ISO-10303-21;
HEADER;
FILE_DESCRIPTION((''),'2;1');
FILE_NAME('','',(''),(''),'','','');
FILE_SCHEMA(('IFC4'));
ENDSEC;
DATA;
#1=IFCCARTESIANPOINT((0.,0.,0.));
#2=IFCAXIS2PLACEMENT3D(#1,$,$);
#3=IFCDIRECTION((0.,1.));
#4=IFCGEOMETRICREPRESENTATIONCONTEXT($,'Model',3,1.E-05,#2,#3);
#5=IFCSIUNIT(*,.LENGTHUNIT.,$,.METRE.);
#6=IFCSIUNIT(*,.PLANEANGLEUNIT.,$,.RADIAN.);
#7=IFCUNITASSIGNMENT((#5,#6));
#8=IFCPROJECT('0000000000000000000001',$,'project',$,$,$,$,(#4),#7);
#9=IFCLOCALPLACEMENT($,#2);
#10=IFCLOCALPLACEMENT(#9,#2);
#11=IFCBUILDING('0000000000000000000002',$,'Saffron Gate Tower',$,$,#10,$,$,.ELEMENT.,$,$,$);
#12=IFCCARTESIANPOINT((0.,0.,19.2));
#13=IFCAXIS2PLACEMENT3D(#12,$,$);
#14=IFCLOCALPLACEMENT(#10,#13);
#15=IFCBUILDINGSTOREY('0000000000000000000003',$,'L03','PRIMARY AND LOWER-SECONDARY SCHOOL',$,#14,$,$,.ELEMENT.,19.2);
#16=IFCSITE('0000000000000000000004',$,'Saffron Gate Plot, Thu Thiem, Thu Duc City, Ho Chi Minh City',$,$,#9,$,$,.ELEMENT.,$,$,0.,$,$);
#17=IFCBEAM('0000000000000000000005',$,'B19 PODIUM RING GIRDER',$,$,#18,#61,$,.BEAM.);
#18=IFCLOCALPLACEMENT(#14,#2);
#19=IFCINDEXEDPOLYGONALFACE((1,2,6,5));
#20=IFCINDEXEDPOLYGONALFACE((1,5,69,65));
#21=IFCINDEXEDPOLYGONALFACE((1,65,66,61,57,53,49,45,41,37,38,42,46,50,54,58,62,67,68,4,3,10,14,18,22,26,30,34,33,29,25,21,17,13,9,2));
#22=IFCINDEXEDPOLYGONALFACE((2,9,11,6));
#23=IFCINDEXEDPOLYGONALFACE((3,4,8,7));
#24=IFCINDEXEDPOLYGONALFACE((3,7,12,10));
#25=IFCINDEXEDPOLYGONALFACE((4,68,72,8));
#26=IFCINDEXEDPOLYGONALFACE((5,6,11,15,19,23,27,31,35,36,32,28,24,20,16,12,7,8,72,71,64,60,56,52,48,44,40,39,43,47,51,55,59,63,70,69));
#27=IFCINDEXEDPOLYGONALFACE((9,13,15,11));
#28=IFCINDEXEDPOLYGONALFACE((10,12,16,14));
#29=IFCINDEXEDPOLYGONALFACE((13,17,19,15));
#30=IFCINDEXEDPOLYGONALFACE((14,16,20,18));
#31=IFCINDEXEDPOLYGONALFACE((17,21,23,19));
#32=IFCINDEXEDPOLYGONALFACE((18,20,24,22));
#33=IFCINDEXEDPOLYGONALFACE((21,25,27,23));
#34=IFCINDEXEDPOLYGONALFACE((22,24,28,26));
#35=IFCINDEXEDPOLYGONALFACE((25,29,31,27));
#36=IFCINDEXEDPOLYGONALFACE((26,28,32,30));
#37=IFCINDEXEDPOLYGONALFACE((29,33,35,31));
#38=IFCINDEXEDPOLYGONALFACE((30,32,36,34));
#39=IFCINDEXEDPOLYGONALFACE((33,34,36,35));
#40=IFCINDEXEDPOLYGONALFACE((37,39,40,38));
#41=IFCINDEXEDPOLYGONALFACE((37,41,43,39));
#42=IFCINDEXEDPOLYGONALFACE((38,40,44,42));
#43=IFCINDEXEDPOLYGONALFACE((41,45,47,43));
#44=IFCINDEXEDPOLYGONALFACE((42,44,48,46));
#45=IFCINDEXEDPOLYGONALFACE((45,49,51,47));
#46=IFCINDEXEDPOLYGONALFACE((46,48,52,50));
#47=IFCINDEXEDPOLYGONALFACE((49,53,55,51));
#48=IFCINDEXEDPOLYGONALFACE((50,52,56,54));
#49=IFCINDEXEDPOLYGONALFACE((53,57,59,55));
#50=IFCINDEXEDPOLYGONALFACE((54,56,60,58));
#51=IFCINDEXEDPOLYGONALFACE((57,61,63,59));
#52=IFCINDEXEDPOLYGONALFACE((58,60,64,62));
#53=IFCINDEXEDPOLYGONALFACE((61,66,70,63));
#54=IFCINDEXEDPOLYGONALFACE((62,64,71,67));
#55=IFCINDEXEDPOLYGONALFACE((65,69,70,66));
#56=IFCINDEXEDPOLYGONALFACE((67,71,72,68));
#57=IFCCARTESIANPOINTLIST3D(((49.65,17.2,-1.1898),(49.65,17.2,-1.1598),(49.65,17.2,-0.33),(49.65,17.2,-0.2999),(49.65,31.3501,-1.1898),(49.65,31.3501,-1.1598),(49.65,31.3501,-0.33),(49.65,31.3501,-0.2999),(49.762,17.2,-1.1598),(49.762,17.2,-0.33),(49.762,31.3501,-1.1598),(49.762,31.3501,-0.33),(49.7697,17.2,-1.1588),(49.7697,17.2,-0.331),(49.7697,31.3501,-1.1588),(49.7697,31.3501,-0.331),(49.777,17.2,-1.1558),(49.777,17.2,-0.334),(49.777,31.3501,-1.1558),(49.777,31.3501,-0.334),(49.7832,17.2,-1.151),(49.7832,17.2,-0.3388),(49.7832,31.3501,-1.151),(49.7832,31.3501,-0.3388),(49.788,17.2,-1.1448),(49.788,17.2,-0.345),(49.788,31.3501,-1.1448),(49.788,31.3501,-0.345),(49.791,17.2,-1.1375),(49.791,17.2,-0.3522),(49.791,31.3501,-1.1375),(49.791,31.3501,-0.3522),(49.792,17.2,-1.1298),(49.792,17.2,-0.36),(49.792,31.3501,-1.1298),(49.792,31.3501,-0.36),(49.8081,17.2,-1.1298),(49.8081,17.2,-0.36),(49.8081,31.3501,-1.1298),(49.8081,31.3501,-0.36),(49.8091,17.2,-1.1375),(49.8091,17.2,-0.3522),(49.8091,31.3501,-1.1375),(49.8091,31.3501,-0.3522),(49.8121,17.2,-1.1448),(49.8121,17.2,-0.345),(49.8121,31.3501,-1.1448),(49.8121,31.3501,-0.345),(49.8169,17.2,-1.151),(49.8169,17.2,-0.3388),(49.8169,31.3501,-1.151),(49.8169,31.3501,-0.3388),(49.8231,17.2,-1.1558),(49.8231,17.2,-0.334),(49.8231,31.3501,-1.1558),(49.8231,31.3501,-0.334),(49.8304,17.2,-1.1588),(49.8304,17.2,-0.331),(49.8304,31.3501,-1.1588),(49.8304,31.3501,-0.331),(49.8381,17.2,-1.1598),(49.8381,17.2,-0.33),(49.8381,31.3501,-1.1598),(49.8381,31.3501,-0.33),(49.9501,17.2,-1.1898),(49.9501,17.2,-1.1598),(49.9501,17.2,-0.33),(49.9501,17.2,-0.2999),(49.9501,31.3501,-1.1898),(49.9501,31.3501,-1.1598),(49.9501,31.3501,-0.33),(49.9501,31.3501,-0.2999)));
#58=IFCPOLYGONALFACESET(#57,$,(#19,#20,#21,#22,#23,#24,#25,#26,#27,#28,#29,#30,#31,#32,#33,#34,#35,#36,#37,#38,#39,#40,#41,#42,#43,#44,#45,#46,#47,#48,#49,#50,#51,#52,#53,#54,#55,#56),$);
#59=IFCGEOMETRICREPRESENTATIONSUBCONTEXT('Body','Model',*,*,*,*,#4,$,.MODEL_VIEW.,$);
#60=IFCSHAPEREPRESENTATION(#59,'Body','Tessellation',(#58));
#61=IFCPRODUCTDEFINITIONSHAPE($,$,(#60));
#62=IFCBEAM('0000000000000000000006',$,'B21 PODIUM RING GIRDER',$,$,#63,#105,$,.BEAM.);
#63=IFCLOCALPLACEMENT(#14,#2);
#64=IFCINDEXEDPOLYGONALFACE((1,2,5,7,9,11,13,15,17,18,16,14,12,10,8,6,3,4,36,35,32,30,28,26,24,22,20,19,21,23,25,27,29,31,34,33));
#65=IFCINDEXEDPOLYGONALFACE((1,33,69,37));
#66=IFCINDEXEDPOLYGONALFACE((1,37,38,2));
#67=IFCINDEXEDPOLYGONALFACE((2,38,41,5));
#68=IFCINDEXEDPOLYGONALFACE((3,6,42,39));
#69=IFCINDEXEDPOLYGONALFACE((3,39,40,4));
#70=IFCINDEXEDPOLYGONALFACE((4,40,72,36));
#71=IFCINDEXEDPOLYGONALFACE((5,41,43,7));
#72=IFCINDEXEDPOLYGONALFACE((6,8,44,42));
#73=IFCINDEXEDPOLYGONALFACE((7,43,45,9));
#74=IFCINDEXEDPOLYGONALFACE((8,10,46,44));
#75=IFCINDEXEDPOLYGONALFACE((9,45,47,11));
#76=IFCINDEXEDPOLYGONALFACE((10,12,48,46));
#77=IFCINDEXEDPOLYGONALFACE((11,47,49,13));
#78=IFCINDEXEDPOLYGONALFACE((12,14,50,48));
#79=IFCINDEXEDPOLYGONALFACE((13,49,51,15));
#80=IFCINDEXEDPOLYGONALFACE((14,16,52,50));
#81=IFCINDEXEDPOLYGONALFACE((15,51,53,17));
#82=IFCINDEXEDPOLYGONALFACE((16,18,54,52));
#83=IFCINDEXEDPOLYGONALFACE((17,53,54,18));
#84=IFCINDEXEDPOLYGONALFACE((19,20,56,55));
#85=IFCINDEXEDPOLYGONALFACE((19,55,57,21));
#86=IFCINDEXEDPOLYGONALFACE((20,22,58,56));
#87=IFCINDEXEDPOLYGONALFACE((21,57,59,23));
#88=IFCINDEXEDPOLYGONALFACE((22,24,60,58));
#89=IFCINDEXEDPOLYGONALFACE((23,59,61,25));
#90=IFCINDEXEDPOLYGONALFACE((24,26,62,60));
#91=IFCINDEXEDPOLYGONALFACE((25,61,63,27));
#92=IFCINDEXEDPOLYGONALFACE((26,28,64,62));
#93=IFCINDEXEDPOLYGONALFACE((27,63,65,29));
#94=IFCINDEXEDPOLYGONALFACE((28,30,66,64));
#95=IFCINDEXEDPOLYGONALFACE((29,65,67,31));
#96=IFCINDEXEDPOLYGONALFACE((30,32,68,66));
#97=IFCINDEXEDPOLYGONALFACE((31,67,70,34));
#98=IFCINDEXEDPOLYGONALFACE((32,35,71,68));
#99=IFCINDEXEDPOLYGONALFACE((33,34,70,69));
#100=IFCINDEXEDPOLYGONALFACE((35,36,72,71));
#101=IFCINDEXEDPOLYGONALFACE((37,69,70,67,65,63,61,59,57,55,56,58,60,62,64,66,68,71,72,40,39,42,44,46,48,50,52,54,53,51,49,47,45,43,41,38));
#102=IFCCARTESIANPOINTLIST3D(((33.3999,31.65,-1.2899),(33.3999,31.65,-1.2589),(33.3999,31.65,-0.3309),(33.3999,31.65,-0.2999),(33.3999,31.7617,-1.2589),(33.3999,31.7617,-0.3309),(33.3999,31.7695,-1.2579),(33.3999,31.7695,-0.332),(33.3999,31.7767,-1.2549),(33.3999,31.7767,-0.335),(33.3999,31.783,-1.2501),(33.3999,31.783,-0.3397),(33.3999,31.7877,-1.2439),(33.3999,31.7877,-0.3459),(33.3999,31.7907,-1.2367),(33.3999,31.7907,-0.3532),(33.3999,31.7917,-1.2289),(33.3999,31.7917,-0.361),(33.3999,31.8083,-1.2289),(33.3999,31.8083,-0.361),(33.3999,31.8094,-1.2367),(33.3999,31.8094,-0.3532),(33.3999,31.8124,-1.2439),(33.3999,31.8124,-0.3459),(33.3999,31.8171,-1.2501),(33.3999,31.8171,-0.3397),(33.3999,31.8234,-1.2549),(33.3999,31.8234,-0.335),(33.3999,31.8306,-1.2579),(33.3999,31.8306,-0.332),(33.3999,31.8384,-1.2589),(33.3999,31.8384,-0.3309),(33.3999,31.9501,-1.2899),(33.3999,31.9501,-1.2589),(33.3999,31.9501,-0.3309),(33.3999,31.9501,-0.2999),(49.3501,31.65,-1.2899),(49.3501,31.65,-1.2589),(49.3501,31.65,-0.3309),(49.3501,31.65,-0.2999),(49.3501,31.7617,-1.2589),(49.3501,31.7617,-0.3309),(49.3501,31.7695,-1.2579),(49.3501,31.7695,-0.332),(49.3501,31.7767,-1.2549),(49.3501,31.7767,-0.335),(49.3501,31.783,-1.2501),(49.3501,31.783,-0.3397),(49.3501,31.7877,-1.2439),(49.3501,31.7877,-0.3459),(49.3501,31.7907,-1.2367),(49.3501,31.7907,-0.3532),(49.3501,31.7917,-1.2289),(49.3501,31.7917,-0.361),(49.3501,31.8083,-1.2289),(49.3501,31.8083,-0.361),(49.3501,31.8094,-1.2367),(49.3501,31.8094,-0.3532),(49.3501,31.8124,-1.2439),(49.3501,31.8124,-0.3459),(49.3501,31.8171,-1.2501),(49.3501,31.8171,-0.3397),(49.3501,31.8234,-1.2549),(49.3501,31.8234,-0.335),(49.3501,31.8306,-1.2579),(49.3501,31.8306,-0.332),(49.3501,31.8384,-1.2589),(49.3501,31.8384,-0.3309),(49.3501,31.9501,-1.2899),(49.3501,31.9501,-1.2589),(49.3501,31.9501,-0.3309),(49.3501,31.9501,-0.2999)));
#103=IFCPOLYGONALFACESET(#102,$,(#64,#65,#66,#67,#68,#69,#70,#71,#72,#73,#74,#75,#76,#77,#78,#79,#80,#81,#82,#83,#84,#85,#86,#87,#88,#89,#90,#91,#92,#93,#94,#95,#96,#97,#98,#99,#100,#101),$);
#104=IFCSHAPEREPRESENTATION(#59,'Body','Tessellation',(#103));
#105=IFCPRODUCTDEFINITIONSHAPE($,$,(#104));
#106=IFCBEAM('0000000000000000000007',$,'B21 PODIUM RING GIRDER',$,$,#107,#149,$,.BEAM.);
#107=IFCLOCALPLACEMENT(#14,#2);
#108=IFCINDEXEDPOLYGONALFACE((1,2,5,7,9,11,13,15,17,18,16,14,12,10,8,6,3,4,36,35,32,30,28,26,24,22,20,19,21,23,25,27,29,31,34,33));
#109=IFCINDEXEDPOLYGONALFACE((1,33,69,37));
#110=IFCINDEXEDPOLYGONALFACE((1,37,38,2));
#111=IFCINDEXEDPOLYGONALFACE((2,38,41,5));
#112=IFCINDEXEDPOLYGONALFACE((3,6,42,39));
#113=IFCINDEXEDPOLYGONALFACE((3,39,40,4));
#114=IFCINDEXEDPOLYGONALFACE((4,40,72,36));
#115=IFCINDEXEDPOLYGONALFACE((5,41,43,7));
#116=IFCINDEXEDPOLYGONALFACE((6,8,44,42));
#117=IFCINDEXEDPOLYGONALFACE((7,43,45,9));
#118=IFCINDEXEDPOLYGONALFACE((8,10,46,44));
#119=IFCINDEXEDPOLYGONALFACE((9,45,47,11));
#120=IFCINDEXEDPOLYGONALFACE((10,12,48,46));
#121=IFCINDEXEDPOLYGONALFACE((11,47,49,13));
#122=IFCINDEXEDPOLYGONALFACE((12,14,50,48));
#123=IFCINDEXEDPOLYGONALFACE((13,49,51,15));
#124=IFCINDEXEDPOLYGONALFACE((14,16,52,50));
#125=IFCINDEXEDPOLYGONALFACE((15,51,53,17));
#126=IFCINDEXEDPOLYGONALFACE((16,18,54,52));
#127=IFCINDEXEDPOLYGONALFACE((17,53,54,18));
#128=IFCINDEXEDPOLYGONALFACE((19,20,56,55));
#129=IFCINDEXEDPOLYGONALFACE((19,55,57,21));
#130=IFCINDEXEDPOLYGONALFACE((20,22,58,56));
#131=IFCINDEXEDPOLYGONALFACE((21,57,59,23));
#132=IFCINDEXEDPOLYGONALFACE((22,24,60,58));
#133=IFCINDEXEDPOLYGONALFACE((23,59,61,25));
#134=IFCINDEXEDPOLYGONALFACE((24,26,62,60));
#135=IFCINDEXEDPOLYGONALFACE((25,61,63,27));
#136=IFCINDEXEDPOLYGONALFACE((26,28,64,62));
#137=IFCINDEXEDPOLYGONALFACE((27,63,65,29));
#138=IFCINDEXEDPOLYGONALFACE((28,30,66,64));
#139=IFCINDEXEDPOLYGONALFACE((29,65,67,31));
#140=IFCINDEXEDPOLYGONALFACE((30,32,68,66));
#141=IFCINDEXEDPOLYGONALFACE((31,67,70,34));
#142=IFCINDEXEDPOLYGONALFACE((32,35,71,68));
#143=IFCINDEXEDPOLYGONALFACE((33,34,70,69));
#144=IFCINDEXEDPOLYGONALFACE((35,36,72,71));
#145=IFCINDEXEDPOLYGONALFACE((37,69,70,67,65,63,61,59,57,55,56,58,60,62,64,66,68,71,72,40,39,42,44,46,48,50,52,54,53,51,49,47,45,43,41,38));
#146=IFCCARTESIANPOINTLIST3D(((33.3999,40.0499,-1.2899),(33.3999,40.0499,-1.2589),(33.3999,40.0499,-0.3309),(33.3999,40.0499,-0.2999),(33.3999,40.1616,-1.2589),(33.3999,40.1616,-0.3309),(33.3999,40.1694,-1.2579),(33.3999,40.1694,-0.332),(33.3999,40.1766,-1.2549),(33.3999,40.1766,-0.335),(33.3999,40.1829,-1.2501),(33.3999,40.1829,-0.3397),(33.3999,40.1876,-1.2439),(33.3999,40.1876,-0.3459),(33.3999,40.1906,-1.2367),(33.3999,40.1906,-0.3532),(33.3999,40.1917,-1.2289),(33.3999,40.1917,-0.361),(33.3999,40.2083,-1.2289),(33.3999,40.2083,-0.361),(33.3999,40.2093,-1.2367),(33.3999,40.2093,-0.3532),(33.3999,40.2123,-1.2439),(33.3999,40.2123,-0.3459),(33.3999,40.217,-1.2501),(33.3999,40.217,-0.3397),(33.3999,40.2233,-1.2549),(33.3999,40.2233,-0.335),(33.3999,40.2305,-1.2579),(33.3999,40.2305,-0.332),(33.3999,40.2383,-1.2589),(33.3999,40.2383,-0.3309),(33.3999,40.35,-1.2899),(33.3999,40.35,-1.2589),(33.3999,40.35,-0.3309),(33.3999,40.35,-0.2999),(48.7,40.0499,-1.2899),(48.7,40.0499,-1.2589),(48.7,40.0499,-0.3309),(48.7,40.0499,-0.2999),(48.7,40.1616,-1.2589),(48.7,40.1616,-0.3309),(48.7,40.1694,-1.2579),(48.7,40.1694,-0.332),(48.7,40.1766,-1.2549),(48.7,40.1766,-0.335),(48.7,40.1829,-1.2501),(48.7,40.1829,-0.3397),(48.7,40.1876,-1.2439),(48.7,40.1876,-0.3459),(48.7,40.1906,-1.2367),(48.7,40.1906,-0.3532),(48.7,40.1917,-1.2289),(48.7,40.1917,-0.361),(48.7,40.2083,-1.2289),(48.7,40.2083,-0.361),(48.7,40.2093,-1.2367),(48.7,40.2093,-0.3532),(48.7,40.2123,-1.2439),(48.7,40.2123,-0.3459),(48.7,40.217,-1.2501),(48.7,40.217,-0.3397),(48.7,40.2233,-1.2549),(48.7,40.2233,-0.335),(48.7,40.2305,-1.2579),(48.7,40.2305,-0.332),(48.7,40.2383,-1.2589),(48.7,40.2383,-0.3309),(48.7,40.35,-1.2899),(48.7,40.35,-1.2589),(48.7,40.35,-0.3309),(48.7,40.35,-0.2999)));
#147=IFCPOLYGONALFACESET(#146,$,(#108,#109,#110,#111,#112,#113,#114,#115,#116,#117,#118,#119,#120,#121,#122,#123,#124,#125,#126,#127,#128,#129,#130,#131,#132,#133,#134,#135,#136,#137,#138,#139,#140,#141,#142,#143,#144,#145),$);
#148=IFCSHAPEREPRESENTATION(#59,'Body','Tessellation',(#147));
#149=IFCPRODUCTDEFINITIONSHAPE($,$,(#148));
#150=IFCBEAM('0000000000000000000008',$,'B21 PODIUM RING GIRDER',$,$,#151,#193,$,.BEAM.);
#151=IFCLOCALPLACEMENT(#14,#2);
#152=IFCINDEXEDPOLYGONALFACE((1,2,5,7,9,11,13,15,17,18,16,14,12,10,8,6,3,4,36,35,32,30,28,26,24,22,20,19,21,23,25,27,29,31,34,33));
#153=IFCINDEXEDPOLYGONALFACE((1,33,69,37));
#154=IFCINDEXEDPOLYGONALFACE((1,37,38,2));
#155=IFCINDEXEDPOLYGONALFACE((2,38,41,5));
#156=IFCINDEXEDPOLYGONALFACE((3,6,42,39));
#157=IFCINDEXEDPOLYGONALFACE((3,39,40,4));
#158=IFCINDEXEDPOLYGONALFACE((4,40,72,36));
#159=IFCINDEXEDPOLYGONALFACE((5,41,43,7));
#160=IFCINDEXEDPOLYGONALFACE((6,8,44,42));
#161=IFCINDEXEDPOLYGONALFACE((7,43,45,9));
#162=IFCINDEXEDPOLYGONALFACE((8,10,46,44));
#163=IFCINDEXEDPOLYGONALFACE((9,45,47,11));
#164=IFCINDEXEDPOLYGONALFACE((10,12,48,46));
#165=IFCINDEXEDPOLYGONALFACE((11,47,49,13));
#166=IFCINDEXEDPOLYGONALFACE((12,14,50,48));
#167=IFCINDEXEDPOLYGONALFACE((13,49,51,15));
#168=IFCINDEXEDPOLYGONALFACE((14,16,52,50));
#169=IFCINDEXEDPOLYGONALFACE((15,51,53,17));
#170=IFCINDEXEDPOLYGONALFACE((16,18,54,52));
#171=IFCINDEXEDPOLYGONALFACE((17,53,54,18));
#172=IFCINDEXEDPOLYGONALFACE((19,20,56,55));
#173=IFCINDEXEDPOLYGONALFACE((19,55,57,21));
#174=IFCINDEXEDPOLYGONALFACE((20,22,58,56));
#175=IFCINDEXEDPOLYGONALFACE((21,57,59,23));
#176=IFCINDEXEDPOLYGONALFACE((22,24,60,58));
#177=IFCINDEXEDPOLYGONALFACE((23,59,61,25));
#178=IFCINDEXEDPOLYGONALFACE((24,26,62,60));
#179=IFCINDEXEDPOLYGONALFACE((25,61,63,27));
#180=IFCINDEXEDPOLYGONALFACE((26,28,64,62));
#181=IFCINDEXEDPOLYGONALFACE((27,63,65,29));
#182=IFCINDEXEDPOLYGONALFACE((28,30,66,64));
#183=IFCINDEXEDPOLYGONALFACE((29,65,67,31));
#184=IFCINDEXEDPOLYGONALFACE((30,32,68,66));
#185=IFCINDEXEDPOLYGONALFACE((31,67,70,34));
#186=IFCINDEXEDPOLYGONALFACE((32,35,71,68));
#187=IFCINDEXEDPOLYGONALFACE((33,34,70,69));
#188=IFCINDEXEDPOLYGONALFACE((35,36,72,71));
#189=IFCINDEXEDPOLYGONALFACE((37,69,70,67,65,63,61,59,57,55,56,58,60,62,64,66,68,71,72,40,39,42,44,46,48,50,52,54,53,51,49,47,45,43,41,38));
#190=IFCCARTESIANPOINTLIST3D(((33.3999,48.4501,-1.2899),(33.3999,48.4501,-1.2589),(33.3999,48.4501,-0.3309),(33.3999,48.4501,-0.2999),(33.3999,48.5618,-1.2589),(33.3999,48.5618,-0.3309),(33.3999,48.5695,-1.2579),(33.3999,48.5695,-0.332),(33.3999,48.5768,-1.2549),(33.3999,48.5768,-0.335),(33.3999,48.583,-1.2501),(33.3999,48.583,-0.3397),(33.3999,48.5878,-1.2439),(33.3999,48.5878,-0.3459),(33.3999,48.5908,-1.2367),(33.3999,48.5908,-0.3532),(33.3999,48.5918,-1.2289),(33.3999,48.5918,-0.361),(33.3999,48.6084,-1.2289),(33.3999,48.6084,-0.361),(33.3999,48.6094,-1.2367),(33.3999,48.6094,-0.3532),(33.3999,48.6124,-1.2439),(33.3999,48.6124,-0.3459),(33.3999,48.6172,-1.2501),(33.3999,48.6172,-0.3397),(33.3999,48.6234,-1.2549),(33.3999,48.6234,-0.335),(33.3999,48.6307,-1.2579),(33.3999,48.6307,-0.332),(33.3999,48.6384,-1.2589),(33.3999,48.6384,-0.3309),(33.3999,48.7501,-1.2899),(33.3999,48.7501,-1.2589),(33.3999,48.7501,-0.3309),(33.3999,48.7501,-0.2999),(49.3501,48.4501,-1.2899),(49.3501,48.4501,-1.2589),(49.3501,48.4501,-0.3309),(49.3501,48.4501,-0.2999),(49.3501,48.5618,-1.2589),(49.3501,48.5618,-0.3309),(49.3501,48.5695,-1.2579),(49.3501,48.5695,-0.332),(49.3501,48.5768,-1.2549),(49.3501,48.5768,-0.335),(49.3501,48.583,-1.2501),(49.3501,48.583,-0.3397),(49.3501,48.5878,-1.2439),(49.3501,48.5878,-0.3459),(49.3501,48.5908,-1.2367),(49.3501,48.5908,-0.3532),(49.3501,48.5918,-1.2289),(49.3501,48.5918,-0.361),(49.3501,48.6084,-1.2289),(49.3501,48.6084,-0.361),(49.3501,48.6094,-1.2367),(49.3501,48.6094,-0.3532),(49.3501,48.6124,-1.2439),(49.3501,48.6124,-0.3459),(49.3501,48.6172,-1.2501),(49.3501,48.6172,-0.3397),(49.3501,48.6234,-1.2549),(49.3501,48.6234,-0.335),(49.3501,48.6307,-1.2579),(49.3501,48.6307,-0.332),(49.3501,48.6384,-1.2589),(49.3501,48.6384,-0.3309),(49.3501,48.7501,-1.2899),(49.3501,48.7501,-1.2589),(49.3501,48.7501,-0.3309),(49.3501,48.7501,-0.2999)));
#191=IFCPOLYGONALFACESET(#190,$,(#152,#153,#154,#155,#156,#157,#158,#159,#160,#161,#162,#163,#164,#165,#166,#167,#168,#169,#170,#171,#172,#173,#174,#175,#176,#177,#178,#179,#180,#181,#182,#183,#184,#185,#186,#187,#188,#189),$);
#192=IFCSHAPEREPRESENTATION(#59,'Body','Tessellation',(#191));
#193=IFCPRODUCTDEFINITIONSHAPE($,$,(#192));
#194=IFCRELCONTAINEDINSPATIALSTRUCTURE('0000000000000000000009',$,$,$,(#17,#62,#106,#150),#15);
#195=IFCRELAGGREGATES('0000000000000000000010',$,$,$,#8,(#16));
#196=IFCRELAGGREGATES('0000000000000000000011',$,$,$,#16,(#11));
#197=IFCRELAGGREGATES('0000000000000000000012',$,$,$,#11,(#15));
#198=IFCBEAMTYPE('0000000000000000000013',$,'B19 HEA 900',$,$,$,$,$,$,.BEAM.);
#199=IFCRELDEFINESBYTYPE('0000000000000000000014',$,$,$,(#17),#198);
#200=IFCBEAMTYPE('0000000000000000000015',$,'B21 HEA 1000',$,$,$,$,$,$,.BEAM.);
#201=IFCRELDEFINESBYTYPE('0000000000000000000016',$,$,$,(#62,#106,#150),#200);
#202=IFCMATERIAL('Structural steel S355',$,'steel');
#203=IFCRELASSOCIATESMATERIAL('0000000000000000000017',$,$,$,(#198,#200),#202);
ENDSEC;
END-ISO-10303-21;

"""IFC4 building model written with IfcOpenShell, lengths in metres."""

from ifc_helpers import new_model, si_unit, direction, frame, origin, origin_2d, place, context, subcontext, project, spatial, i_section, extrude, material, material_profile, profile_set, type_object, element, save


model = new_model("IFC4")

# Units and contexts
model_context = context("Model", 3, precision=1e-05, world=origin(), true_north=direction((0.0, 1.0)))
body_context = subcontext(model_context, "Body", "Model", "MODEL_VIEW")
ifc_project = project(units=[si_unit("LENGTHUNIT", "METRE"), si_unit("PLANEANGLEUNIT", "RADIAN")], contexts=[model_context])

# Site, building, storey
site_placement = place(None, origin())
site = spatial("IfcSite", under=ifc_project, at=site_placement, Name="Saffron Gate Plot, Thu Thiem, Thu Duc City, Ho Chi Minh City", CompositionType="ELEMENT", RefElevation=0.0)
building_placement = place(site_placement, origin())
building = spatial("IfcBuilding", under=site, at=building_placement, Name="Saffron Gate Tower", CompositionType="ELEMENT")
storey_placement = place(building_placement, frame((0.0, 0.0, 19.2)))
storey = spatial("IfcBuildingStorey", under=building, at=storey_placement, Name="L03", Description="PRIMARY AND LOWER-SECONDARY SCHOOL", CompositionType="ELEMENT", Elevation=19.2)

# Beams
ifc_material_1 = material(Name="Structural steel S355", Category="steel")
ifc_material_profile_1 = material_profile(ifc_material_1, i_section(OverallWidth=0.3, OverallDepth=0.8899, WebThickness=0.0161, FlangeThickness=0.03, FilletRadius=0.03, at=origin_2d()))
ifc_profile_set_1 = profile_set([ifc_material_profile_1], Name="Structural steel S355")
beam_type_1 = type_object("IfcBeamType", Name="B19 HEA 900", PredefinedType="BEAM", material=ifc_profile_set_1)
beam_1_placement = place(storey_placement, frame((49.8, 17.2, -0.7449), z_axis=(0.0, 1.0, 0.0), x_axis=(-1.0, 0.0, 0.0)))
element("IfcBeam", 1, at=beam_1_placement, inside=storey, type_object=beam_type_1, Name="B19 PODIUM RING GIRDER", PredefinedType="BEAM", context=body_context, shape_type="SweptSolid", body=[
    extrude(i_section(OverallWidth=0.3, OverallDepth=0.8899, WebThickness=0.0161, FlangeThickness=0.03, FilletRadius=0.03, at=origin_2d()), origin(), (0.0, 0.0, 1.0), 14.1501),
])
ifc_material_profile_2 = material_profile(ifc_material_1, i_section(OverallWidth=0.3, OverallDepth=0.99, WebThickness=0.0166, FlangeThickness=0.031, FilletRadius=0.03, at=origin_2d()))
ifc_profile_set_2 = profile_set([ifc_material_profile_2], Name="Structural steel S355")
beam_type_2 = type_object("IfcBeamType", Name="B21 HEA 1000", PredefinedType="BEAM", material=ifc_profile_set_2)
beam_2_placement = place(storey_placement, frame((33.3999, 31.8, -0.7949), z_axis=(1.0, 0.0, 0.0), x_axis=(0.0, 1.0, 0.0)))
element("IfcBeam", 2, at=beam_2_placement, inside=storey, type_object=beam_type_2, Name="B21 PODIUM RING GIRDER", PredefinedType="BEAM", context=body_context, shape_type="SweptSolid", body=[
    extrude(i_section(OverallWidth=0.3, OverallDepth=0.99, WebThickness=0.0166, FlangeThickness=0.031, FilletRadius=0.03, at=origin_2d()), origin(), (0.0, 0.0, 1.0), 15.9502),
])
beam_3_placement = place(storey_placement, frame((33.3999, 40.2, -0.7949), z_axis=(1.0, 0.0, 0.0), x_axis=(0.0, 1.0, 0.0)))
element("IfcBeam", 3, at=beam_3_placement, inside=storey, type_object=beam_type_2, Name="B21 PODIUM RING GIRDER", PredefinedType="BEAM", context=body_context, shape_type="SweptSolid", body=[
    extrude(i_section(OverallWidth=0.3, OverallDepth=0.99, WebThickness=0.0166, FlangeThickness=0.031, FilletRadius=0.03, at=origin_2d()), origin(), (0.0, 0.0, 1.0), 15.3),
])
beam_4_placement = place(storey_placement, frame((33.3999, 48.6001, -0.7949), z_axis=(1.0, 0.0, 0.0), x_axis=(0.0, 1.0, 0.0)))
element("IfcBeam", 4, at=beam_4_placement, inside=storey, type_object=beam_type_2, Name="B21 PODIUM RING GIRDER", PredefinedType="BEAM", context=body_context, shape_type="SweptSolid", body=[
    extrude(i_section(OverallWidth=0.3, OverallDepth=0.99, WebThickness=0.0166, FlangeThickness=0.031, FilletRadius=0.03, at=origin_2d()), origin(), (0.0, 0.0, 1.0), 15.9502),
])

save(model, "model.ifc")
